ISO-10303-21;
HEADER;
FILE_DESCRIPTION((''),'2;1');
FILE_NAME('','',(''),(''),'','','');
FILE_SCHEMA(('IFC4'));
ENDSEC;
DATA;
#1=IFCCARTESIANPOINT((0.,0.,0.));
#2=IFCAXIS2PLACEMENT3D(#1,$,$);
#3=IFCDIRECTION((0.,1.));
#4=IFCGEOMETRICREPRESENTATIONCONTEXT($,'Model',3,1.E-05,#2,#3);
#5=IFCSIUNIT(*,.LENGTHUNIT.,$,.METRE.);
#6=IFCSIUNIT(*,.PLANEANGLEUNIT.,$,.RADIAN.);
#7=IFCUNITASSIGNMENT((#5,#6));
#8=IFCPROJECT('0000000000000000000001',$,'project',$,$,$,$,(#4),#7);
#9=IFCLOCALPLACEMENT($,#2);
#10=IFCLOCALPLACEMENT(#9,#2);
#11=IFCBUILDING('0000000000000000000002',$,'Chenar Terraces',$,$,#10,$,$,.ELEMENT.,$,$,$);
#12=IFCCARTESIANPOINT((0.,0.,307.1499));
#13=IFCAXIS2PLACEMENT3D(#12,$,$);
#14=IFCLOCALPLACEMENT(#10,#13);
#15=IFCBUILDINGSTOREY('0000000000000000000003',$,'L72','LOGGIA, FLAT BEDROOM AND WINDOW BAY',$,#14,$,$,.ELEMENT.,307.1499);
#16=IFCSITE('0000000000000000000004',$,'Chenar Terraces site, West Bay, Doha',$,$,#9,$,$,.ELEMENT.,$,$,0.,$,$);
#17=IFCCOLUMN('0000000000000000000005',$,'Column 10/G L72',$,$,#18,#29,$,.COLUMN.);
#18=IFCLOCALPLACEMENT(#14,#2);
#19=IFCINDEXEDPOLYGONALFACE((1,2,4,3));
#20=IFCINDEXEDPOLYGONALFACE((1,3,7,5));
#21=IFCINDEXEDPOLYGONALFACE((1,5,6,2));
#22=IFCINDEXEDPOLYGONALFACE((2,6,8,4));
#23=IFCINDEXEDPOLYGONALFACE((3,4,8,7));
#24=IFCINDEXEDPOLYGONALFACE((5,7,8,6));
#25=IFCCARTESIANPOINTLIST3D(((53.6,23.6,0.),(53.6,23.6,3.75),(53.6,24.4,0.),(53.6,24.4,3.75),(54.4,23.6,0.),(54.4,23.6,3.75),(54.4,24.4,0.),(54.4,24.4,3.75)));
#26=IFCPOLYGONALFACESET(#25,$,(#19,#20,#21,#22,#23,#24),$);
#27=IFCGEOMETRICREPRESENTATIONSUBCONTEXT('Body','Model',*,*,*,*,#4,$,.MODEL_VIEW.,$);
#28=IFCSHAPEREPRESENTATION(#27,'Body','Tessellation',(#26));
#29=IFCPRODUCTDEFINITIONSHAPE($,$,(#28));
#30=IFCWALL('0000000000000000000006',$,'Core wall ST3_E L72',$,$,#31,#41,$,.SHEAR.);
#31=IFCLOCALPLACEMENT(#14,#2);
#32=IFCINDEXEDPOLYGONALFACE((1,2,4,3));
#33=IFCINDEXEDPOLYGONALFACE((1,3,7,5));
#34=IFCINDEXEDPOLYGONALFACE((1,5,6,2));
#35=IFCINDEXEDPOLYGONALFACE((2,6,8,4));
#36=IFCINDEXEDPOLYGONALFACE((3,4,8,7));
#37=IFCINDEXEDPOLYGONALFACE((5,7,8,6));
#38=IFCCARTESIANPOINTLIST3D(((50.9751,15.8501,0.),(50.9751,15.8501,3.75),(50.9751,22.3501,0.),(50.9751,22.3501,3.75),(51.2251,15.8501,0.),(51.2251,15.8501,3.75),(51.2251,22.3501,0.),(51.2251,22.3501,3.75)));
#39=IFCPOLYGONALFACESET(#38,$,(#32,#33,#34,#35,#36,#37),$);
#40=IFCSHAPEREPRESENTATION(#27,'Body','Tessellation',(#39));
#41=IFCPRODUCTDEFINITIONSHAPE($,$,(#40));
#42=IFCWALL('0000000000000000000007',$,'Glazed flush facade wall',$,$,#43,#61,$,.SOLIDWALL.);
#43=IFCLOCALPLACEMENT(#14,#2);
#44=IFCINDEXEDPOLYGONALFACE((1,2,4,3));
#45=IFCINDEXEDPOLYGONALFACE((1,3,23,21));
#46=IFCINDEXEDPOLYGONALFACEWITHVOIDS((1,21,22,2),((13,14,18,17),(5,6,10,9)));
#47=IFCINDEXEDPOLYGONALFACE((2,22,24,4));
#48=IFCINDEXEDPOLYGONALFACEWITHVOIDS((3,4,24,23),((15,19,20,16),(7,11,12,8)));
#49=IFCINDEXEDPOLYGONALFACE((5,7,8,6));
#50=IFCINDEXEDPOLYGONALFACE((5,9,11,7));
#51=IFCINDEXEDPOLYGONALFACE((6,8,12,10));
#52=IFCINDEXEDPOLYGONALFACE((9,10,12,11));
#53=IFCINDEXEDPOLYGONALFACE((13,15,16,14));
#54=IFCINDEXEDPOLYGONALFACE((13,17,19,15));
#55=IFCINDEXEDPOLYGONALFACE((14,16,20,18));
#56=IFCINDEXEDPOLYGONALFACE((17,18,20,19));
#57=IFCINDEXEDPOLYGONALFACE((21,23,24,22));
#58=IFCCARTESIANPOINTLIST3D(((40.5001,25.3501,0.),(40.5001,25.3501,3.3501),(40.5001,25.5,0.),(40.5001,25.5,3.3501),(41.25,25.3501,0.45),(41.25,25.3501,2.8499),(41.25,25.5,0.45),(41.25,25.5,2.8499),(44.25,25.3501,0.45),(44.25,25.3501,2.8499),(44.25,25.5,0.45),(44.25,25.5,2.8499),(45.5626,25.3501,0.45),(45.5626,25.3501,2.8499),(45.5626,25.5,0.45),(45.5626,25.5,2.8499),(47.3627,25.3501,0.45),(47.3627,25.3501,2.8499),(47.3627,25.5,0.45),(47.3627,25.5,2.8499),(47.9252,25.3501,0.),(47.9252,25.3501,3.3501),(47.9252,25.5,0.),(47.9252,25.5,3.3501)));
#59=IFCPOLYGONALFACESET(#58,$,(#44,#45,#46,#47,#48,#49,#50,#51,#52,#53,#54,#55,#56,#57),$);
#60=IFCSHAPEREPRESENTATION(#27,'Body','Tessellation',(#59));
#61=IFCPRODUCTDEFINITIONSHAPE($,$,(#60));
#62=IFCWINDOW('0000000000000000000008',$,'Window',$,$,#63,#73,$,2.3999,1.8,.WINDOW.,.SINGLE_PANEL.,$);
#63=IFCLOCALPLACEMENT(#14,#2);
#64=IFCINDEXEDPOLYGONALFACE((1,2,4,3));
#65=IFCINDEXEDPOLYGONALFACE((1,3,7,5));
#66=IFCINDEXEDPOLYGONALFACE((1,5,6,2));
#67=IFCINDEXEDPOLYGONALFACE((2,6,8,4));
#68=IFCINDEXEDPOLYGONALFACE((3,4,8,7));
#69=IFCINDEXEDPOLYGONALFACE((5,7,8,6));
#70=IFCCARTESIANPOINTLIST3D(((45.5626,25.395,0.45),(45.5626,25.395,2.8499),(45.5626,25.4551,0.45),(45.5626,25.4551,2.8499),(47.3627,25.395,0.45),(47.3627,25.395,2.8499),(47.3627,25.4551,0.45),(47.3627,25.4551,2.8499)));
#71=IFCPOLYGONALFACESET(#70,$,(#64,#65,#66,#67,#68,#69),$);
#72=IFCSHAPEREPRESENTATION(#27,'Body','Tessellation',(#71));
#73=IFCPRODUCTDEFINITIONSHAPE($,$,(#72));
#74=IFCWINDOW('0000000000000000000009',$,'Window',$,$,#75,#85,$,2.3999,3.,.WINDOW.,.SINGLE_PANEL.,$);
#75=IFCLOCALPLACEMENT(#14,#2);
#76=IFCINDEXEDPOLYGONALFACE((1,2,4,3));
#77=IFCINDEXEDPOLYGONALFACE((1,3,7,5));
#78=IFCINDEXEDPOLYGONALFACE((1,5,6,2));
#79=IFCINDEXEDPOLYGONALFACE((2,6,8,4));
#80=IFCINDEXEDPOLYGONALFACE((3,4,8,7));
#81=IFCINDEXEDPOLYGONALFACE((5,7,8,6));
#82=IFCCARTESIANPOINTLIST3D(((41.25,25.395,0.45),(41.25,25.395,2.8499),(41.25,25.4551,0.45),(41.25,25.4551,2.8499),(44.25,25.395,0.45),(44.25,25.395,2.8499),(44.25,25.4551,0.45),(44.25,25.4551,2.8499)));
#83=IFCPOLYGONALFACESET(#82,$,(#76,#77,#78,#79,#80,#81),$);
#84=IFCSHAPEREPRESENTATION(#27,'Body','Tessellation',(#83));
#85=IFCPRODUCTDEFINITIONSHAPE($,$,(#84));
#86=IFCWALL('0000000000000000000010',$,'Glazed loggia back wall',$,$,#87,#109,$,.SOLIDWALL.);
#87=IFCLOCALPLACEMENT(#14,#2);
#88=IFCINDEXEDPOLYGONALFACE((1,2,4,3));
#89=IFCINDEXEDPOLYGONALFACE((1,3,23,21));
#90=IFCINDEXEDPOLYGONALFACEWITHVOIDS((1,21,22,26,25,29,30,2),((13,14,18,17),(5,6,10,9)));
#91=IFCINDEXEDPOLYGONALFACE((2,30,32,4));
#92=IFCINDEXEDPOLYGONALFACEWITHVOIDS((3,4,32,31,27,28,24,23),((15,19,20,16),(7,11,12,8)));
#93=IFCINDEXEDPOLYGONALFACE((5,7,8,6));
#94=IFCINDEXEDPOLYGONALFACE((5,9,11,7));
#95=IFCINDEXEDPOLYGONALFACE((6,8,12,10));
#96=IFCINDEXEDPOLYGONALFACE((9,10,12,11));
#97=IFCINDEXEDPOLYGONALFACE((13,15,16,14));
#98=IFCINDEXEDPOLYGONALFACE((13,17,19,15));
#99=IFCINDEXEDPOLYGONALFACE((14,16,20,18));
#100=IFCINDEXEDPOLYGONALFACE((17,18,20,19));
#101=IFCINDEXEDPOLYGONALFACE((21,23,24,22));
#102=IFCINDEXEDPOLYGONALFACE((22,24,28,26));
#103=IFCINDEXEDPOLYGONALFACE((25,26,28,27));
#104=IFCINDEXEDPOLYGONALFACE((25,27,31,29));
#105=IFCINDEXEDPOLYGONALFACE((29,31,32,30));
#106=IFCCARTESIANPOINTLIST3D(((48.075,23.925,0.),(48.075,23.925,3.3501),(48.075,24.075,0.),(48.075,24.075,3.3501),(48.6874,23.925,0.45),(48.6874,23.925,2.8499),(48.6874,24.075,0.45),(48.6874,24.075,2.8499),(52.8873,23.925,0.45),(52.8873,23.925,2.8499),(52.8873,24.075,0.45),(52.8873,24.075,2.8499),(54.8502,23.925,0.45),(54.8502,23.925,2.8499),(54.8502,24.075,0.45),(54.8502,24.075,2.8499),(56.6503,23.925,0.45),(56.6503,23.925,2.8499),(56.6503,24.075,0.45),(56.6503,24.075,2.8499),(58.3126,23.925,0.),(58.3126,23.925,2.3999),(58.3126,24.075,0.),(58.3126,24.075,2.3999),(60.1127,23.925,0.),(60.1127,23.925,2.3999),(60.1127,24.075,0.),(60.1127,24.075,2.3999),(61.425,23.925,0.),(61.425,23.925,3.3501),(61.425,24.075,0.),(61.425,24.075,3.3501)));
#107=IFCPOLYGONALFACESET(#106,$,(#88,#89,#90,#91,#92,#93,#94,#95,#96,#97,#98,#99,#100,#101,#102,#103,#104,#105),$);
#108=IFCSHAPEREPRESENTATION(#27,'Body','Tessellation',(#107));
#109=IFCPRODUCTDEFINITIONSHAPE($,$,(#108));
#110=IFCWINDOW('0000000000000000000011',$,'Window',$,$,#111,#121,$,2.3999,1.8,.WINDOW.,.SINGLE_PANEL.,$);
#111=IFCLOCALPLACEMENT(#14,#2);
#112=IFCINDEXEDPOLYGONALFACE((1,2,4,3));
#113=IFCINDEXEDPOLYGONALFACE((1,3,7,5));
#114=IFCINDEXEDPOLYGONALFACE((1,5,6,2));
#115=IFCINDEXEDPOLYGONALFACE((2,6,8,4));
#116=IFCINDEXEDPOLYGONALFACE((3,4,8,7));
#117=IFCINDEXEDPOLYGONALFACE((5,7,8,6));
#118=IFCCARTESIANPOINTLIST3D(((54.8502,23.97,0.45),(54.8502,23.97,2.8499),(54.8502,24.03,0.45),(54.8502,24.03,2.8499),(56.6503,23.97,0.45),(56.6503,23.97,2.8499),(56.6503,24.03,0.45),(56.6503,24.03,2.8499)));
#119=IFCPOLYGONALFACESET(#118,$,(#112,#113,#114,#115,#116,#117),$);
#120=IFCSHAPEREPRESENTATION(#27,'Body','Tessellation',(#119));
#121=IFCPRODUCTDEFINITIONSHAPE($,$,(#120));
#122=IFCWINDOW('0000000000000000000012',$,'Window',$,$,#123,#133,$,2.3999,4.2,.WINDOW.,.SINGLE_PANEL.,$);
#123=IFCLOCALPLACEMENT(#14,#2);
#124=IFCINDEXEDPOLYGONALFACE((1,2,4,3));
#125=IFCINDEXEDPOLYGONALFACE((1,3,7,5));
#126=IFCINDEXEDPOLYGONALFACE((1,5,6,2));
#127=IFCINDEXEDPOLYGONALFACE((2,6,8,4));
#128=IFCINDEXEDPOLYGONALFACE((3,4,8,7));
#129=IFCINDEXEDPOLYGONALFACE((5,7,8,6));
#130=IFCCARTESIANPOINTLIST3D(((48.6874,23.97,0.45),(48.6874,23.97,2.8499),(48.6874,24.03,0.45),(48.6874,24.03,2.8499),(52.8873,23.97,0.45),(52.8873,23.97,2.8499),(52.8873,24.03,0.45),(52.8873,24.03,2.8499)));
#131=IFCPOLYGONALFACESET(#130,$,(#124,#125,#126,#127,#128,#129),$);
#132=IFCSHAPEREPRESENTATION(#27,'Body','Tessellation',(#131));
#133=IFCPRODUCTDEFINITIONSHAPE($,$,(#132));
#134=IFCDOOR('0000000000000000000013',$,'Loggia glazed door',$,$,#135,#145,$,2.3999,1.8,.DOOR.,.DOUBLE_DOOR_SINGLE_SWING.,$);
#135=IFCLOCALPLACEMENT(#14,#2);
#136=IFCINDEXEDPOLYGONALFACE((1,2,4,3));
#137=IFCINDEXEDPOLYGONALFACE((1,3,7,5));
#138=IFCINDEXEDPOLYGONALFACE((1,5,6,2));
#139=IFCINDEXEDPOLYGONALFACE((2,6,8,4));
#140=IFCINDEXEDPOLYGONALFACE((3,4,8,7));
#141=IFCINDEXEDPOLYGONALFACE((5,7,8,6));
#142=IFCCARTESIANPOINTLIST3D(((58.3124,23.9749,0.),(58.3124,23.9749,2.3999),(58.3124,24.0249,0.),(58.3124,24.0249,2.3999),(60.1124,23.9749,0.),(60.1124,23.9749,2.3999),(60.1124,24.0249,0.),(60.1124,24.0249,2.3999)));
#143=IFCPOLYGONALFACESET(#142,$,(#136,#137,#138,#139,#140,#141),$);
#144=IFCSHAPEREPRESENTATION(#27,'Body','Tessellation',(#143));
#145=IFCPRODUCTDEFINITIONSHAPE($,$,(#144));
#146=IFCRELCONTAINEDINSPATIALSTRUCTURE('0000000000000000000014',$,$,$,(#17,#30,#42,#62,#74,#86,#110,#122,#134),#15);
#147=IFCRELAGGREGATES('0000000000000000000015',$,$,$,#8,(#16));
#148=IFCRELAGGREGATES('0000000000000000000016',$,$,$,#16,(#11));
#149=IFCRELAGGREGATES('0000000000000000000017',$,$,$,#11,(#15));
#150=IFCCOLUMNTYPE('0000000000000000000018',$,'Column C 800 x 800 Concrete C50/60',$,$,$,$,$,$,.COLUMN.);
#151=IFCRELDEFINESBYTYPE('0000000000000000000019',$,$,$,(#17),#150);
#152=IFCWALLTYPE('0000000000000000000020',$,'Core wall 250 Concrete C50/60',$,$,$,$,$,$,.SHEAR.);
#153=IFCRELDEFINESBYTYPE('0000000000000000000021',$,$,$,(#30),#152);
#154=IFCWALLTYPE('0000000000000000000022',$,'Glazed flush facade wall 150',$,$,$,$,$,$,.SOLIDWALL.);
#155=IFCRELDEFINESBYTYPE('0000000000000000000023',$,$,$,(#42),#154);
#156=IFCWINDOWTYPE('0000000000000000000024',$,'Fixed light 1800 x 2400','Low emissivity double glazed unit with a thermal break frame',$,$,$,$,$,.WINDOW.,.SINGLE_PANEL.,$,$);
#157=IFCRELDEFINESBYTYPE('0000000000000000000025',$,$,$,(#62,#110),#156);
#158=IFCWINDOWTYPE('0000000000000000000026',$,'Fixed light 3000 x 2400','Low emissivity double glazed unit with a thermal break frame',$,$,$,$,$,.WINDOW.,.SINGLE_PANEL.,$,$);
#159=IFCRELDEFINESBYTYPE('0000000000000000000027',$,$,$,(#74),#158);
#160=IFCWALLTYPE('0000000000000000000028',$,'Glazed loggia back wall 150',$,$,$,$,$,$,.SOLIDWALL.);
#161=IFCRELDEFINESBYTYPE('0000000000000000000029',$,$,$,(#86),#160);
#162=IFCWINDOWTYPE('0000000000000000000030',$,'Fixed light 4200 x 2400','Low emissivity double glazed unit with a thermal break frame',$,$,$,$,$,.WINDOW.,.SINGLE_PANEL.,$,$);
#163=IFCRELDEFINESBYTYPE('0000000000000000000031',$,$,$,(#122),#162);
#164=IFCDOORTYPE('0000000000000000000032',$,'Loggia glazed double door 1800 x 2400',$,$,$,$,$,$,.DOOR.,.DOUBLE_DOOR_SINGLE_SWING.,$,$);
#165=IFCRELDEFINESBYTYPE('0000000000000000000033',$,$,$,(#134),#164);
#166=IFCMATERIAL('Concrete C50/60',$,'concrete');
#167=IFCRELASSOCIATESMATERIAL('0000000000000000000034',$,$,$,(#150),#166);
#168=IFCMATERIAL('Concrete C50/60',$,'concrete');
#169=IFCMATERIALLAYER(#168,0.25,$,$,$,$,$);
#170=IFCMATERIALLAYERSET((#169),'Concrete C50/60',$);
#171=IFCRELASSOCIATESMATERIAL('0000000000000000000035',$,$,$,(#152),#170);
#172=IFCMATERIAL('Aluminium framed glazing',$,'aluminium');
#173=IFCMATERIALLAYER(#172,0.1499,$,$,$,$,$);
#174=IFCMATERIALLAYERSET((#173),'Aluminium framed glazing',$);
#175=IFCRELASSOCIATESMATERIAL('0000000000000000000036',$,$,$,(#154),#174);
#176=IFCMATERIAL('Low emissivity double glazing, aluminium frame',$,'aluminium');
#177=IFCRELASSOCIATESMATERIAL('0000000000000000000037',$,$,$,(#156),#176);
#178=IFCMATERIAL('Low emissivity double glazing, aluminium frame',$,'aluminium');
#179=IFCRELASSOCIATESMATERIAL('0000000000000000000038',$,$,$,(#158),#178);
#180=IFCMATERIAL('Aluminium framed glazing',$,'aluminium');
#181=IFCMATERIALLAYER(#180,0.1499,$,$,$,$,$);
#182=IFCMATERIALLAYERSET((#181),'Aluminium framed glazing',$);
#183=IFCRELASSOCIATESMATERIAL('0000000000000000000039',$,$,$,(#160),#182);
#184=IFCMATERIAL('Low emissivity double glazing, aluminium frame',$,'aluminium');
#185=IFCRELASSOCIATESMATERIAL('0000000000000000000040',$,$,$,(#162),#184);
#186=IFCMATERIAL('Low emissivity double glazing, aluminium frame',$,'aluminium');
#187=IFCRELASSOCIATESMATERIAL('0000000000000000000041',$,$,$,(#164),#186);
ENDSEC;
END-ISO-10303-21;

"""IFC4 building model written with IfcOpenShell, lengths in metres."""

from ifc_helpers import new_model, si_unit, direction, frame, frame_2d, origin, origin_2d, place, context, subcontext, project, spatial, rectangle, extrude, material, layer, layer_set, material_profile, profile_set, type_object, element, fill, save


model = new_model("IFC4")

# Units and contexts
model_context = context("Model", 3, precision=1e-05, world=origin(), true_north=direction((0.0, 1.0)))
body_context = subcontext(model_context, "Body", "Model", "MODEL_VIEW")
ifc_project = project(units=[si_unit("LENGTHUNIT", "METRE"), si_unit("PLANEANGLEUNIT", "RADIAN")], contexts=[model_context])

# Site, building, storey
site_placement = place(None, origin())
site = spatial("IfcSite", under=ifc_project, at=site_placement, Name="Chenar Terraces site, West Bay, Doha", CompositionType="ELEMENT", RefElevation=0.0)
building_placement = place(site_placement, origin())
building = spatial("IfcBuilding", under=site, at=building_placement, Name="Chenar Terraces", CompositionType="ELEMENT")
storey_placement = place(building_placement, frame((0.0, 0.0, 307.1499)))
storey = spatial("IfcBuildingStorey", under=building, at=storey_placement, Name="L72", Description="LOGGIA, FLAT BEDROOM AND WINDOW BAY", CompositionType="ELEMENT", Elevation=307.1499)

# Column
ifc_material_1 = material(Name="Concrete C50/60", Category="concrete")
ifc_material_profile = material_profile(ifc_material_1, rectangle(XDim=0.8, YDim=0.8, at=origin_2d()), Name="C 800 x 800")
ifc_profile_set = profile_set([ifc_material_profile], Name="Concrete C50/60")
column_type = type_object("IfcColumnType", Name="Column C 800 x 800 Concrete C50/60", PredefinedType="COLUMN", material=ifc_profile_set)
column_placement = place(storey_placement, frame((54.0, 24.0, 0.0), z_axis=(0.0, 0.0, 1.0), x_axis=(1.0, 0.0, 0.0)))
element("IfcColumn", 1, at=column_placement, inside=storey, type_object=column_type, Name="Column 10/G L72", PredefinedType="COLUMN", context=body_context, shape_type="SweptSolid", body=[
    extrude(rectangle(XDim=0.8, YDim=0.8, at=origin_2d()), origin(), (0.0, 0.0, 1.0), 3.75),
])

# Wall
ifc_material_2 = material(Name="Concrete C50/60", Category="concrete")
ifc_layer_1 = layer(ifc_material_2, 0.25)
ifc_layer_set_1 = layer_set([ifc_layer_1], Name="Concrete C50/60")
wall_type_1 = type_object("IfcWallType", Name="Core wall 250 Concrete C50/60", PredefinedType="SHEAR", material=ifc_layer_set_1)
wall_1_placement = place(storey_placement, frame((51.1001, 15.8501, 0.0), z_axis=(0.0, 0.0, 1.0), x_axis=(0.0, 1.0, 0.0)))
element("IfcWall", 2, at=wall_1_placement, inside=storey, type_object=wall_type_1, Name="Core wall ST3_E L72", PredefinedType="SHEAR", context=body_context, shape_type="SweptSolid", body=[
    extrude(rectangle(XDim=6.5, YDim=0.25, at=frame_2d((3.25, 0.0))), origin(), (0.0, 0.0, 1.0), 3.75),
])

# Wall, openings, windows
ifc_material_3 = material(Name="Aluminium framed glazing", Category="aluminium")
ifc_layer_2 = layer(ifc_material_3, 0.1499)
ifc_layer_set_2 = layer_set([ifc_layer_2], Name="Aluminium framed glazing")
wall_type_2 = type_object("IfcWallType", Name="Glazed flush facade wall 150", PredefinedType="SOLIDWALL", material=ifc_layer_set_2)
wall_2_placement = place(storey_placement, frame((47.925, 25.425, 0.0), z_axis=(0.0, 0.0, 1.0), x_axis=(-1.0, 0.0, 0.0)))
wall_2 = element("IfcWall", 3, at=wall_2_placement, inside=storey, type_object=wall_type_2, Name="Glazed flush facade wall", PredefinedType="SOLIDWALL", context=body_context, shape_type="SweptSolid", body=[
    extrude(rectangle(XDim=7.425, YDim=0.1499, at=frame_2d((3.7124, 0.0))), origin(), (0.0, 0.0, 1.0), 3.3501),
])
opening_1_placement = place(wall_2_placement, frame((0.5625, 0.0, 0.45)))
opening_1 = element("IfcOpeningElement", 4, at=opening_1_placement, cuts=wall_2, PredefinedType="OPENING", context=body_context, shape_type="SweptSolid", body=[
    extrude(rectangle(XDim=1.8, YDim=2.3999, at=frame_2d((0.8999, 1.2))), frame((0.0, 0.085, 0.0), z_axis=(0.0, -1.0, 0.0), x_axis=(1.0, 0.0, 0.0)), (0.0, 0.0, 1.0), 0.1699),
])
opening_2_placement = place(wall_2_placement, frame((3.675, 0.0, 0.45)))
opening_2 = element("IfcOpeningElement", 5, at=opening_2_placement, cuts=wall_2, PredefinedType="OPENING", context=body_context, shape_type="SweptSolid", body=[
    extrude(rectangle(XDim=3.0, YDim=2.3999, at=frame_2d((1.5, 1.2))), frame((0.0, 0.085, 0.0), z_axis=(0.0, -1.0, 0.0), x_axis=(1.0, 0.0, 0.0)), (0.0, 0.0, 1.0), 0.1699),
])
ifc_material_4 = material(Name="Low emissivity double glazing, aluminium frame", Category="aluminium")
window_type_1 = type_object("IfcWindowType", Name="Fixed light 1800 x 2400", Description="Low emissivity double glazed unit with a thermal break frame", PartitioningType="SINGLE_PANEL", PredefinedType="WINDOW", material=ifc_material_4)
window_1_placement = place(opening_1_placement, origin())
window_1 = element("IfcWindow", 6, at=window_1_placement, inside=storey, type_object=window_type_1, Name="Window", OverallHeight=2.3999, OverallWidth=1.8, PartitioningType="SINGLE_PANEL", PredefinedType="WINDOW", context=body_context, shape_type="SweptSolid", body=[
    extrude(rectangle(XDim=1.8, YDim=2.3999, at=frame_2d((0.8999, 1.2))), frame((0.0, 0.03, 0.0), z_axis=(0.0, -1.0, 0.0), x_axis=(1.0, 0.0, 0.0)), (0.0, 0.0, 1.0), 0.0601),
])
fill(opening_1, window_1)
ifc_material_5 = material(Name="Low emissivity double glazing, aluminium frame", Category="aluminium")
window_type_2 = type_object("IfcWindowType", Name="Fixed light 3000 x 2400", Description="Low emissivity double glazed unit with a thermal break frame", PartitioningType="SINGLE_PANEL", PredefinedType="WINDOW", material=ifc_material_5)
window_2_placement = place(opening_2_placement, origin())
window_2 = element("IfcWindow", 7, at=window_2_placement, inside=storey, type_object=window_type_2, Name="Window", OverallHeight=2.3999, OverallWidth=3.0, PartitioningType="SINGLE_PANEL", PredefinedType="WINDOW", context=body_context, shape_type="SweptSolid", body=[
    extrude(rectangle(XDim=3.0, YDim=2.3999, at=frame_2d((1.5, 1.2))), frame((0.0, 0.03, 0.0), z_axis=(0.0, -1.0, 0.0), x_axis=(1.0, 0.0, 0.0)), (0.0, 0.0, 1.0), 0.0601),
])
fill(opening_2, window_2)

# Wall, openings, windows, door
ifc_material_6 = material(Name="Aluminium framed glazing", Category="aluminium")
ifc_layer_3 = layer(ifc_material_6, 0.1499)
ifc_layer_set_3 = layer_set([ifc_layer_3], Name="Aluminium framed glazing")
wall_type_3 = type_object("IfcWallType", Name="Glazed loggia back wall 150", PredefinedType="SOLIDWALL", material=ifc_layer_set_3)
wall_3_placement = place(storey_placement, frame((61.425, 24.0, 0.0), z_axis=(0.0, 0.0, 1.0), x_axis=(-1.0, 0.0, 0.0)))
wall_3 = element("IfcWall", 8, at=wall_3_placement, inside=storey, type_object=wall_type_3, Name="Glazed loggia back wall", PredefinedType="SOLIDWALL", context=body_context, shape_type="SweptSolid", body=[
    extrude(rectangle(XDim=13.3501, YDim=0.1499, at=frame_2d((6.675, 0.0))), origin(), (0.0, 0.0, 1.0), 3.3501),
])
opening_3_placement = place(wall_3_placement, frame((1.3125, 0.0, 0.0)))
opening_3 = element("IfcOpeningElement", 9, at=opening_3_placement, cuts=wall_3, PredefinedType="OPENING", context=body_context, shape_type="SweptSolid", body=[
    extrude(rectangle(XDim=1.8, YDim=2.3999, at=frame_2d((0.8999, 1.2))), frame((0.0, 0.085, 0.0), z_axis=(0.0, -1.0, 0.0), x_axis=(1.0, 0.0, 0.0)), (0.0, 0.0, 1.0), 0.1699),
])
opening_4_placement = place(wall_3_placement, frame((4.7749, 0.0, 0.45)))
opening_4 = element("IfcOpeningElement", 10, at=opening_4_placement, cuts=wall_3, PredefinedType="OPENING", context=body_context, shape_type="SweptSolid", body=[
    extrude(rectangle(XDim=1.8, YDim=2.3999, at=frame_2d((0.8999, 1.2))), frame((0.0, 0.085, 0.0), z_axis=(0.0, -1.0, 0.0), x_axis=(1.0, 0.0, 0.0)), (0.0, 0.0, 1.0), 0.1699),
])
opening_5_placement = place(wall_3_placement, frame((8.5376, 0.0, 0.45)))
opening_5 = element("IfcOpeningElement", 11, at=opening_5_placement, cuts=wall_3, PredefinedType="OPENING", context=body_context, shape_type="SweptSolid", body=[
    extrude(rectangle(XDim=4.2, YDim=2.3999, at=frame_2d((2.1001, 1.2))), frame((0.0, 0.085, 0.0), z_axis=(0.0, -1.0, 0.0), x_axis=(1.0, 0.0, 0.0)), (0.0, 0.0, 1.0), 0.1699),
])
window_3_placement = place(opening_4_placement, origin())
window_3 = element("IfcWindow", 12, at=window_3_placement, inside=storey, type_object=window_type_1, Name="Window", OverallHeight=2.3999, OverallWidth=1.8, PartitioningType="SINGLE_PANEL", PredefinedType="WINDOW", context=body_context, shape_type="SweptSolid", body=[
    extrude(rectangle(XDim=1.8, YDim=2.3999, at=frame_2d((0.8999, 1.2))), frame((0.0, 0.03, 0.0), z_axis=(0.0, -1.0, 0.0), x_axis=(1.0, 0.0, 0.0)), (0.0, 0.0, 1.0), 0.0601),
])
fill(opening_4, window_3)
ifc_material_7 = material(Name="Low emissivity double glazing, aluminium frame", Category="aluminium")
window_type_3 = type_object("IfcWindowType", Name="Fixed light 4200 x 2400", Description="Low emissivity double glazed unit with a thermal break frame", PartitioningType="SINGLE_PANEL", PredefinedType="WINDOW", material=ifc_material_7)
window_4_placement = place(opening_5_placement, origin())
window_4 = element("IfcWindow", 13, at=window_4_placement, inside=storey, type_object=window_type_3, Name="Window", OverallHeight=2.3999, OverallWidth=4.2, PartitioningType="SINGLE_PANEL", PredefinedType="WINDOW", context=body_context, shape_type="SweptSolid", body=[
    extrude(rectangle(XDim=4.2, YDim=2.3999, at=frame_2d((2.1001, 1.2))), frame((0.0, 0.03, 0.0), z_axis=(0.0, -1.0, 0.0), x_axis=(1.0, 0.0, 0.0)), (0.0, 0.0, 1.0), 0.0601),
])
fill(opening_5, window_4)
ifc_material_8 = material(Name="Low emissivity double glazing, aluminium frame", Category="aluminium")
door_type_1 = type_object("IfcDoorType", Name="Loggia glazed double door 1800 x 2400", OperationType="DOUBLE_DOOR_SINGLE_SWING", PredefinedType="DOOR", material=ifc_material_8)
door_1_placement = place(opening_3_placement, frame((1.8, 0.0, 0.0), z_axis=(0.0, 0.0, 1.0), x_axis=(-1.0, 0.0, 0.0)))
door_1 = element("IfcDoor", 14, at=door_1_placement, inside=storey, type_object=door_type_1, Name="Loggia glazed door", OperationType="DOUBLE_DOOR_SINGLE_SWING", OverallHeight=2.3999, OverallWidth=1.8, PredefinedType="DOOR", context=body_context, shape_type="SweptSolid", body=[
    extrude(rectangle(XDim=1.8, YDim=2.3999, at=frame_2d((0.8999, 1.2))), frame((0.0, 0.0249, 0.0), z_axis=(0.0, -1.0, 0.0), x_axis=(1.0, 0.0, 0.0)), (0.0, 0.0, 1.0), 0.05),
])
fill(opening_3, door_1)

save(model, "model.ifc")
